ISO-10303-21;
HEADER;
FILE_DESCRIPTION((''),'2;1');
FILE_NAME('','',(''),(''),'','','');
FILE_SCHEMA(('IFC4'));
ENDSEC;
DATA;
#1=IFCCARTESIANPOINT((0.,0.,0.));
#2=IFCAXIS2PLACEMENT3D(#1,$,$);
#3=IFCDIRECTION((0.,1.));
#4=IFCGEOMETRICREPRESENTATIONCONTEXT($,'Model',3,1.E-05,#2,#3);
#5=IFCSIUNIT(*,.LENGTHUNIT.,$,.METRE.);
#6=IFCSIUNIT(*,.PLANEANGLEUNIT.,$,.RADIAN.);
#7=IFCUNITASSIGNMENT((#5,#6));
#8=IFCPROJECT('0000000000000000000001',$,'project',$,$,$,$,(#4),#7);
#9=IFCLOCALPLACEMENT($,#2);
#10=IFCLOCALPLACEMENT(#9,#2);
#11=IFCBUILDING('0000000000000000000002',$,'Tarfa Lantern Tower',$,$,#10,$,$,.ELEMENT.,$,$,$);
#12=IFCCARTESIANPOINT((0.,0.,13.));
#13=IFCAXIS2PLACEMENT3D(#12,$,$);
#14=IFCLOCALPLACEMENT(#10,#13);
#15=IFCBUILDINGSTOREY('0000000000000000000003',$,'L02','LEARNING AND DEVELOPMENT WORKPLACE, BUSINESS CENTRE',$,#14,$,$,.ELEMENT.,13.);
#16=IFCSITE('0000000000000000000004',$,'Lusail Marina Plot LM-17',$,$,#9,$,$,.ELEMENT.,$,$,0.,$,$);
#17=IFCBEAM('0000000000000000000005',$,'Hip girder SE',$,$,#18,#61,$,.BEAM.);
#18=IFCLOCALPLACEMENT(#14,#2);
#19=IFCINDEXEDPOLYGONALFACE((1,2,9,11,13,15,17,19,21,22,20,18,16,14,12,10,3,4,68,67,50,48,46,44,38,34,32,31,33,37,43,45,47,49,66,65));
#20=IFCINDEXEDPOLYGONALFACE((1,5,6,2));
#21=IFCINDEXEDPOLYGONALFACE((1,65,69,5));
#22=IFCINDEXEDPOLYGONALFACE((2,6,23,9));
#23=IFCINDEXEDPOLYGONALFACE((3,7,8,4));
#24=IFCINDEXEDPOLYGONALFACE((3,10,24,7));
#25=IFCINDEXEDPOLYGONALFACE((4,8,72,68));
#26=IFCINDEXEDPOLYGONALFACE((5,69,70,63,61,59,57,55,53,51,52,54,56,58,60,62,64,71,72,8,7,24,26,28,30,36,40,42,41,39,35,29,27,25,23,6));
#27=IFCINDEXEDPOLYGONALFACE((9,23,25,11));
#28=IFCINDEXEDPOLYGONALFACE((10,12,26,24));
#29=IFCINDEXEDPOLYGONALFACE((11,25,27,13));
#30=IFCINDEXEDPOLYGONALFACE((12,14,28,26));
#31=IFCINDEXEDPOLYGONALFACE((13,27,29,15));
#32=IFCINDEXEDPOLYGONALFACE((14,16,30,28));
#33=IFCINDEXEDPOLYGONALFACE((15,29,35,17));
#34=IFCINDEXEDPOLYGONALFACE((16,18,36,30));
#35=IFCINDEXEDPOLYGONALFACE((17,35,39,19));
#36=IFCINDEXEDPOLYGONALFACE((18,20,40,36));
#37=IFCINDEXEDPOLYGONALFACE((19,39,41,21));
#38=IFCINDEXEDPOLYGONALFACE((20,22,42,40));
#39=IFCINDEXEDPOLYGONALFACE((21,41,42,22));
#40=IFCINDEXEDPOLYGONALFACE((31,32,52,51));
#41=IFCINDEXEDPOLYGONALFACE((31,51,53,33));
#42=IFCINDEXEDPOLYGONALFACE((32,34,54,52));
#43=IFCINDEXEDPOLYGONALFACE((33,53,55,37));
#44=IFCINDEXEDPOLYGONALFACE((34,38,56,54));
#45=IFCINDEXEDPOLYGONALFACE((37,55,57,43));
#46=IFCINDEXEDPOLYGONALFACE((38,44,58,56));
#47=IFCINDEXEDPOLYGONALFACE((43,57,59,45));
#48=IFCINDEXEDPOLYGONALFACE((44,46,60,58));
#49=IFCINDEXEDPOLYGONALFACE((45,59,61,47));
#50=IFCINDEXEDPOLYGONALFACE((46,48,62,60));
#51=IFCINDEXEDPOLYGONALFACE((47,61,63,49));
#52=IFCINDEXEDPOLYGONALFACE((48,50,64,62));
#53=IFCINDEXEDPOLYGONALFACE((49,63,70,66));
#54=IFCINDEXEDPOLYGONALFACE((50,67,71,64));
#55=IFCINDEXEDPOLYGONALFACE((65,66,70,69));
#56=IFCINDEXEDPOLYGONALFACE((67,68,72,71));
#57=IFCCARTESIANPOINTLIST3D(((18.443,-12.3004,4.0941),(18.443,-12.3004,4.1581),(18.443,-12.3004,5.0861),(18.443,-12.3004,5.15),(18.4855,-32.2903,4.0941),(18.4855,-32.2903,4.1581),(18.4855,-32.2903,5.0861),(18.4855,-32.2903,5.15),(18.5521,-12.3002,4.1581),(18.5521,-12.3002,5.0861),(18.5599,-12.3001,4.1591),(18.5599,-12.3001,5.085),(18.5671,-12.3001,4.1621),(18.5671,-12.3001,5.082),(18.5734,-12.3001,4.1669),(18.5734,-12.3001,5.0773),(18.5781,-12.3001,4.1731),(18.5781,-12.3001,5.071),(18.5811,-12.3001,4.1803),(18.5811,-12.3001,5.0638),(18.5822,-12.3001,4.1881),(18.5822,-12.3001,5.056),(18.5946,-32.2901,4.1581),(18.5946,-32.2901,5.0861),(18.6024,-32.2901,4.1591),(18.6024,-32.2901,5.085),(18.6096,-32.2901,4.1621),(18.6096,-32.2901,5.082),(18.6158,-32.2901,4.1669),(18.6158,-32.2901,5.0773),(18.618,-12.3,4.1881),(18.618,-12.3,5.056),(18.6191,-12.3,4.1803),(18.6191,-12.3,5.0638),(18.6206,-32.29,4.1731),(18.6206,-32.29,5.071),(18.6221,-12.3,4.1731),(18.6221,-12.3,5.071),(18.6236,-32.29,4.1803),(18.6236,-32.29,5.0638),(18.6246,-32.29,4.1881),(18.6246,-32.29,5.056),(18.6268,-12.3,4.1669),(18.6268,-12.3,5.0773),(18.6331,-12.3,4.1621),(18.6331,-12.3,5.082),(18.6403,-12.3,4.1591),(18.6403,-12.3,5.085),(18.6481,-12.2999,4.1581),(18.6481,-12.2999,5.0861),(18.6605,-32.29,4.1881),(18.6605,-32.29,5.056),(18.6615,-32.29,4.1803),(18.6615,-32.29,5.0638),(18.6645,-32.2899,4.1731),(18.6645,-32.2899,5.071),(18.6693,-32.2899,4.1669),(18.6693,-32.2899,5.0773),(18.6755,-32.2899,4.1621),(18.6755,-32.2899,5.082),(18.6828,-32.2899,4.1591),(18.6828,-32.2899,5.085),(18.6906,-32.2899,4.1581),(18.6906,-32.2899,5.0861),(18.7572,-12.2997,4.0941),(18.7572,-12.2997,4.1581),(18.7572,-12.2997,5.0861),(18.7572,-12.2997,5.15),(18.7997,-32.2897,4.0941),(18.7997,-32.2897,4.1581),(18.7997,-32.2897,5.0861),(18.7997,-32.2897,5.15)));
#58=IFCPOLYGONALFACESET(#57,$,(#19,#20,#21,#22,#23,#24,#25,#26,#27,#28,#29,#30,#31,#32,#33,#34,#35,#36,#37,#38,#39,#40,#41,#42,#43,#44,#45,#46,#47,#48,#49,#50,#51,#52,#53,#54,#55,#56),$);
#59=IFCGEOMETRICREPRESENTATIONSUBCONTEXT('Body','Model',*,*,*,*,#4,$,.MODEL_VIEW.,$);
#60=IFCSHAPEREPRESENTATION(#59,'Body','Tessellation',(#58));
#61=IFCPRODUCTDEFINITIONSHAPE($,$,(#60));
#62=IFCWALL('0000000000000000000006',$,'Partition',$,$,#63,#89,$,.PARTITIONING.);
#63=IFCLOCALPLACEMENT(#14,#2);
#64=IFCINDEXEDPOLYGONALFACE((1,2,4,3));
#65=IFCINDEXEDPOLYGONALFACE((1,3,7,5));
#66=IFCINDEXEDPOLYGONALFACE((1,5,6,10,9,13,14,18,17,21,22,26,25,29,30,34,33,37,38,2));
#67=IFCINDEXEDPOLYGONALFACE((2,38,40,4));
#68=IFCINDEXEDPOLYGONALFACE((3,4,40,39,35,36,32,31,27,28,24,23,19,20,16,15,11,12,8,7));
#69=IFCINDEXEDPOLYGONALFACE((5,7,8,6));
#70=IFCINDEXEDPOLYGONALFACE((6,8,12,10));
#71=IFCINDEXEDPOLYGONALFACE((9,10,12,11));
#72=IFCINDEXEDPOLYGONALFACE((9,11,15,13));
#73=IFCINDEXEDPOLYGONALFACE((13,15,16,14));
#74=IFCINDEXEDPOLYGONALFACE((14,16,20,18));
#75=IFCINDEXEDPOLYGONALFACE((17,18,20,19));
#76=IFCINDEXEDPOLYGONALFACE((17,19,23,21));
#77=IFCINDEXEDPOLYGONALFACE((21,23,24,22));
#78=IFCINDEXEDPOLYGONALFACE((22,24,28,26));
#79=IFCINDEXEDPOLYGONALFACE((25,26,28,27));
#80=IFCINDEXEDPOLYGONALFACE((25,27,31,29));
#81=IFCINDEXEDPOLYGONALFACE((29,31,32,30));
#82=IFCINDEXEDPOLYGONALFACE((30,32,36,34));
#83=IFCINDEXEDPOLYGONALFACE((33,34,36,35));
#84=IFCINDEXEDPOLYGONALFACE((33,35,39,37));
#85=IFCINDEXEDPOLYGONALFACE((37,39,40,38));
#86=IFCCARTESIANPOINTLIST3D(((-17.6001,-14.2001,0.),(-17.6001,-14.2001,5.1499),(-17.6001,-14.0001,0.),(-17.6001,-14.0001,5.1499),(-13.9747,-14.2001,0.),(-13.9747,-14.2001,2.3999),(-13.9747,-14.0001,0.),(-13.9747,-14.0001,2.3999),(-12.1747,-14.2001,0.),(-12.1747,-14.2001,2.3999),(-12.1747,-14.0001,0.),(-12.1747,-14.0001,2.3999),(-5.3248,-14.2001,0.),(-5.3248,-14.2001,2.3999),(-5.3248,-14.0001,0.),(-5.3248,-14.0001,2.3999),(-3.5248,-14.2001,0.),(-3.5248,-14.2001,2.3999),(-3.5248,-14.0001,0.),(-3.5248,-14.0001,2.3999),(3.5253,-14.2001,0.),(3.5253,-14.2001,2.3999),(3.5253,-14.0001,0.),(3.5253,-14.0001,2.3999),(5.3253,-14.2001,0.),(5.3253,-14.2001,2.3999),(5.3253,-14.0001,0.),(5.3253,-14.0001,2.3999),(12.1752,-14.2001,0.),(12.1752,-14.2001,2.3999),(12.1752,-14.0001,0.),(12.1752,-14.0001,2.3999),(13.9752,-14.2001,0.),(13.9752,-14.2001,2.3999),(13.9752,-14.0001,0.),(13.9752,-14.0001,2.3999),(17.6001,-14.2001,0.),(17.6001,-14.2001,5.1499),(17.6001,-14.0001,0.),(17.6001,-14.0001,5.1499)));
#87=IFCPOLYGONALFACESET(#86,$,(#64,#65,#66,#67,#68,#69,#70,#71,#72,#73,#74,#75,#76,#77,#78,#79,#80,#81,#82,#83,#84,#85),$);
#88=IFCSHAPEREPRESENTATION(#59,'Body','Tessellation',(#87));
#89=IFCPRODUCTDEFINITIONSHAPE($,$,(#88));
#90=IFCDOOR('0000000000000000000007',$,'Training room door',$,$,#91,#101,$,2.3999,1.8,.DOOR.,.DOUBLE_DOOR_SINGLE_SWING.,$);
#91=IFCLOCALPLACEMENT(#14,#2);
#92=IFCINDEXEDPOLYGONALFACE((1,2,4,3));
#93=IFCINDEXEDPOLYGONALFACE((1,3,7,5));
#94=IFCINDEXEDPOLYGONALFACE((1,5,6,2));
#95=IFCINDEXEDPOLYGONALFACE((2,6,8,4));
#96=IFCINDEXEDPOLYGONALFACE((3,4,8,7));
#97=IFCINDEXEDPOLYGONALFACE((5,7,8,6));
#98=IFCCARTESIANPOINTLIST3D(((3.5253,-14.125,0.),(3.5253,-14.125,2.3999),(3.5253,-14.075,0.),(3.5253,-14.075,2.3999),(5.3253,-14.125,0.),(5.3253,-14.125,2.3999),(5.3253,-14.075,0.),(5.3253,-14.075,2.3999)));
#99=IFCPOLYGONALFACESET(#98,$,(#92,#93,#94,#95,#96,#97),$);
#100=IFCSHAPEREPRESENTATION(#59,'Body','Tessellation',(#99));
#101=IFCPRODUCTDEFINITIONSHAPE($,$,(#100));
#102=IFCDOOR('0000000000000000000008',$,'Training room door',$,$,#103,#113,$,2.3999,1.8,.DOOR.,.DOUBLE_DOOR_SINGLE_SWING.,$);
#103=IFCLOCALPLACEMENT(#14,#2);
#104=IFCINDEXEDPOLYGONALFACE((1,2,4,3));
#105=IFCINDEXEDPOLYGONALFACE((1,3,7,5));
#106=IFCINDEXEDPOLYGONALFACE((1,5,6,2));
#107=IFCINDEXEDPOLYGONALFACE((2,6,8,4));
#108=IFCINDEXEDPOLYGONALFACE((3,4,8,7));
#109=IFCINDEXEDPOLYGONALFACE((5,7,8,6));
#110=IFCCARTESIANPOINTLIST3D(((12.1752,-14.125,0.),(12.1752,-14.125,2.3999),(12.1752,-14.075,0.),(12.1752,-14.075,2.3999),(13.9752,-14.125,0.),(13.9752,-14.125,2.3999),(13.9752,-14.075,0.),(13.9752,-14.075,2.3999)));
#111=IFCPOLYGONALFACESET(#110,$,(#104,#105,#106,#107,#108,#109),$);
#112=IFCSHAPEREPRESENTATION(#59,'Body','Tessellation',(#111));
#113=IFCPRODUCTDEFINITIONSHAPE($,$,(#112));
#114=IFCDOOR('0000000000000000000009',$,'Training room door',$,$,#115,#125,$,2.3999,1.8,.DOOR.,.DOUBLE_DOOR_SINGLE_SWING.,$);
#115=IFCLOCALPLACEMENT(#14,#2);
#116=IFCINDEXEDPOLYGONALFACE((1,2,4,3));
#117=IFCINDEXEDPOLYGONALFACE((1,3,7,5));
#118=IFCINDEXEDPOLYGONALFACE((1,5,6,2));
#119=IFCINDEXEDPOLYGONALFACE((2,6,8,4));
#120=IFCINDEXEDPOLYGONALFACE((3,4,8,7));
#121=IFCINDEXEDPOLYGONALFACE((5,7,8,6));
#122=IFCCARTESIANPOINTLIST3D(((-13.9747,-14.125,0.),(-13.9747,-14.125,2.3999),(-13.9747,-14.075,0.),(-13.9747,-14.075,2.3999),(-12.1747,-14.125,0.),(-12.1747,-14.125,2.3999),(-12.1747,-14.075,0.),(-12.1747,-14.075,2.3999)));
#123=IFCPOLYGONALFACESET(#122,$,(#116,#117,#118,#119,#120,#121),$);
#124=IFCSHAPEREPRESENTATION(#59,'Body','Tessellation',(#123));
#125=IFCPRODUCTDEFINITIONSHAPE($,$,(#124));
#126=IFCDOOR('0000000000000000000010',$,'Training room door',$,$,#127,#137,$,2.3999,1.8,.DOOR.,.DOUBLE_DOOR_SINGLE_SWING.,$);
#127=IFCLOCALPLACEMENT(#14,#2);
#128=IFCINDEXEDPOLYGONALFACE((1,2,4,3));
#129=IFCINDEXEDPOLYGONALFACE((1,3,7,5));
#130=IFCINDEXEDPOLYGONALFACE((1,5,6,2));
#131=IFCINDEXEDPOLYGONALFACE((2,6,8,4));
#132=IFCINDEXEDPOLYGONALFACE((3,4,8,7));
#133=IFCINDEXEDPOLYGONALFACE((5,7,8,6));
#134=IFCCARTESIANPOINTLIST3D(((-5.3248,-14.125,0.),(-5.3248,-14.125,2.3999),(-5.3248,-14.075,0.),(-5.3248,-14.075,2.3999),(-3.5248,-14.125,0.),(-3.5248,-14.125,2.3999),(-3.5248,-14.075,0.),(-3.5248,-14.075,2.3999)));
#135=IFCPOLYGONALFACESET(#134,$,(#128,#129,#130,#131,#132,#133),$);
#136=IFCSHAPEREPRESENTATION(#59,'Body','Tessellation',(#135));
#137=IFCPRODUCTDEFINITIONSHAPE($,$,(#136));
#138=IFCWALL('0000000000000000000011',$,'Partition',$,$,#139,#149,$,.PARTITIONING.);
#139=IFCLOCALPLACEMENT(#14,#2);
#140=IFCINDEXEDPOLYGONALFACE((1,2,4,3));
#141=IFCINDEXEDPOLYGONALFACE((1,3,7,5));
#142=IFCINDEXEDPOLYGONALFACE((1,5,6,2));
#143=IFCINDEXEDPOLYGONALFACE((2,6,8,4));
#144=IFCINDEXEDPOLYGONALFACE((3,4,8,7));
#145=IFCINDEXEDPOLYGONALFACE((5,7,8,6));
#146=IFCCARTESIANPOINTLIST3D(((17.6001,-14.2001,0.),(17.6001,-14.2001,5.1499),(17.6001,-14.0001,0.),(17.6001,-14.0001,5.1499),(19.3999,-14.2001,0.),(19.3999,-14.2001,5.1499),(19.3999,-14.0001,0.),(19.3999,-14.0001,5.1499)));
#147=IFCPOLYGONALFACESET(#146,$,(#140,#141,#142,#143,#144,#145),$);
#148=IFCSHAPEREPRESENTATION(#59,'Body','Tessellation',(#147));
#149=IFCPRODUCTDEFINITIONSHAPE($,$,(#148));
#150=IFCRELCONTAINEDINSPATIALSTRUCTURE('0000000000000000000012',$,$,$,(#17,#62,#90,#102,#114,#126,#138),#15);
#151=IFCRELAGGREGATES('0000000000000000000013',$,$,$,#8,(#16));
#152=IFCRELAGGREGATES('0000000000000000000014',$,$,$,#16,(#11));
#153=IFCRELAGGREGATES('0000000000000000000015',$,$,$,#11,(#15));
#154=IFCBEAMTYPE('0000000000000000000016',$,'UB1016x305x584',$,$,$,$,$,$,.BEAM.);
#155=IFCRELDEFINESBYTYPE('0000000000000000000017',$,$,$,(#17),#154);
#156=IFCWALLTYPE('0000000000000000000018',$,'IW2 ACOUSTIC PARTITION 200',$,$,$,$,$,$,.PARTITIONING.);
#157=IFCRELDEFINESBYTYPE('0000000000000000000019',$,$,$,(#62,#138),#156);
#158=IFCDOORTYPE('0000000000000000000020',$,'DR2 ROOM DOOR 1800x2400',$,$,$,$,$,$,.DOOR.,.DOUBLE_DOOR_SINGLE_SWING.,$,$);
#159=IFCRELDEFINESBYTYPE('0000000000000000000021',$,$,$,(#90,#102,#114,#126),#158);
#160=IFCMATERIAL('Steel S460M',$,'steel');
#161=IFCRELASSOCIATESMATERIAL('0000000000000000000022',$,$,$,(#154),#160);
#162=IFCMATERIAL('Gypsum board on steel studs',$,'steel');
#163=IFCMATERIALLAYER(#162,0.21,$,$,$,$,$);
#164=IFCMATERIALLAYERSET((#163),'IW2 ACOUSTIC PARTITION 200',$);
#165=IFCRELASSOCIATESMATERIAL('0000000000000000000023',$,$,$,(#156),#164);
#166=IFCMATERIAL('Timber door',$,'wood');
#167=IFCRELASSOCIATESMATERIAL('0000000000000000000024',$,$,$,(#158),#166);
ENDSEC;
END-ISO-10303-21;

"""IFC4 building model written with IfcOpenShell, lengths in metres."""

from ifc_helpers import new_model, si_unit, direction, frame, frame_2d, origin, origin_2d, place, context, subcontext, project, spatial, rectangle, i_section, extrude, material, layer, layer_set, material_profile, profile_set, type_object, element, fill, save


model = new_model("IFC4")

# Units and contexts
model_context = context("Model", 3, precision=1e-05, world=origin(), true_north=direction((0.0, 1.0)))
body_context = subcontext(model_context, "Body", "Model", "MODEL_VIEW")
ifc_project = project(units=[si_unit("LENGTHUNIT", "METRE"), si_unit("PLANEANGLEUNIT", "RADIAN")], contexts=[model_context])

# Site, building, storey
site_placement = place(None, origin())
site = spatial("IfcSite", under=ifc_project, at=site_placement, Name="Lusail Marina Plot LM-17", CompositionType="ELEMENT", RefElevation=0.0)
building_placement = place(site_placement, origin())
building = spatial("IfcBuilding", under=site, at=building_placement, Name="Tarfa Lantern Tower", CompositionType="ELEMENT")
storey_placement = place(building_placement, frame((0.0, 0.0, 13.0)))
storey = spatial("IfcBuildingStorey", under=building, at=storey_placement, Name="L02", Description="LEARNING AND DEVELOPMENT WORKPLACE, BUSINESS CENTRE", CompositionType="ELEMENT", Elevation=13.0)

# Beam
ifc_material_1 = material(Name="Steel S460M", Category="steel")
ifc_material_profile = material_profile(ifc_material_1, i_section(OverallWidth=0.3142, OverallDepth=1.0559, WebThickness=0.0359, FlangeThickness=0.064, FilletRadius=0.03, at=origin_2d()), Name="UB1016x305x584")
ifc_profile_set = profile_set([ifc_material_profile], Name="Steel S460M")
beam_type = type_object("IfcBeamType", Name="UB1016x305x584", PredefinedType="BEAM", material=ifc_profile_set)
beam_placement = place(storey_placement, frame((18.6001, -12.3, 4.6221), z_axis=(0.002125, -0.999998, 0.0), x_axis=(0.999998, 0.002125, 0.0)))
element("IfcBeam", 1, at=beam_placement, inside=storey, type_object=beam_type, Name="Hip girder SE", PredefinedType="BEAM", context=body_context, shape_type="SweptSolid", body=[
    extrude(i_section(OverallWidth=0.3142, OverallDepth=1.0559, WebThickness=0.0359, FlangeThickness=0.064, FilletRadius=0.03, at=origin_2d()), origin(), (0.0, 0.0, 1.0), 19.99),
])

# Wall, openings, doors
ifc_material_2 = material(Name="Gypsum board on steel studs", Category="steel")
ifc_layer_1 = layer(ifc_material_2, 0.21)
ifc_layer_set_1 = layer_set([ifc_layer_1], Name="IW2 ACOUSTIC PARTITION 200")
wall_type_1 = type_object("IfcWallType", Name="IW2 ACOUSTIC PARTITION 200", PredefinedType="PARTITIONING", material=ifc_layer_set_1)
wall_1_placement = place(storey_placement, frame((17.6001, -14.1001, 0.0), z_axis=(0.0, 0.0, 1.0), x_axis=(-1.0, 0.0, 0.0)))
wall_1 = element("IfcWall", 2, at=wall_1_placement, inside=storey, type_object=wall_type_1, Name="Partition", PredefinedType="PARTITIONING", context=body_context, shape_type="SweptSolid", body=[
    extrude(rectangle(XDim=35.2002, YDim=0.2, at=frame_2d((17.6001, 0.0))), origin(), (0.0, 0.0, 1.0), 5.1499),
])
opening_1_placement = place(wall_1_placement, frame((12.2749, 0.0, 0.0)))
opening_1 = element("IfcOpeningElement", 3, at=opening_1_placement, cuts=wall_1, PredefinedType="OPENING", context=body_context, shape_type="SweptSolid", body=[
    extrude(rectangle(XDim=1.8, YDim=2.3999, at=frame_2d((0.8999, 1.2))), frame((0.0, 0.1099, 0.0), z_axis=(0.0, -1.0, 0.0), x_axis=(1.0, 0.0, 0.0)), (0.0, 0.0, 1.0), 0.22),
])
opening_2_placement = place(wall_1_placement, frame((3.625, 0.0, 0.0)))
opening_2 = element("IfcOpeningElement", 4, at=opening_2_placement, cuts=wall_1, PredefinedType="OPENING", context=body_context, shape_type="SweptSolid", body=[
    extrude(rectangle(XDim=1.8, YDim=2.3999, at=frame_2d((0.8999, 1.2))), frame((0.0, 0.1099, 0.0), z_axis=(0.0, -1.0, 0.0), x_axis=(1.0, 0.0, 0.0)), (0.0, 0.0, 1.0), 0.22),
])
opening_3_placement = place(wall_1_placement, frame((29.7749, 0.0, 0.0)))
opening_3 = element("IfcOpeningElement", 5, at=opening_3_placement, cuts=wall_1, PredefinedType="OPENING", context=body_context, shape_type="SweptSolid", body=[
    extrude(rectangle(XDim=1.8, YDim=2.3999, at=frame_2d((0.8999, 1.2))), frame((0.0, 0.1099, 0.0), z_axis=(0.0, -1.0, 0.0), x_axis=(1.0, 0.0, 0.0)), (0.0, 0.0, 1.0), 0.22),
])
opening_4_placement = place(wall_1_placement, frame((21.125, 0.0, 0.0)))
opening_4 = element("IfcOpeningElement", 6, at=opening_4_placement, cuts=wall_1, PredefinedType="OPENING", context=body_context, shape_type="SweptSolid", body=[
    extrude(rectangle(XDim=1.8, YDim=2.3999, at=frame_2d((0.8999, 1.2))), frame((0.0, 0.1099, 0.0), z_axis=(0.0, -1.0, 0.0), x_axis=(1.0, 0.0, 0.0)), (0.0, 0.0, 1.0), 0.22),
])
ifc_material_3 = material(Name="Timber door", Category="wood")
door_type_1 = type_object("IfcDoorType", Name="DR2 ROOM DOOR 1800x2400", OperationType="DOUBLE_DOOR_SINGLE_SWING", PredefinedType="DOOR", material=ifc_material_3)
door_1_placement = place(opening_1_placement, origin())
door_1 = element("IfcDoor", 7, at=door_1_placement, inside=storey, type_object=door_type_1, Name="Training room door", OperationType="DOUBLE_DOOR_SINGLE_SWING", OverallHeight=2.3999, OverallWidth=1.8, PredefinedType="DOOR", context=body_context, shape_type="SweptSolid", body=[
    extrude(rectangle(XDim=1.8, YDim=2.3999, at=frame_2d((0.8999, 1.2))), frame((0.0, 0.0249, 0.0), z_axis=(0.0, -1.0, 0.0), x_axis=(1.0, 0.0, 0.0)), (0.0, 0.0, 1.0), 0.05),
])
fill(opening_1, door_1)
door_2_placement = place(opening_2_placement, origin())
door_2 = element("IfcDoor", 8, at=door_2_placement, inside=storey, type_object=door_type_1, Name="Training room door", OperationType="DOUBLE_DOOR_SINGLE_SWING", OverallHeight=2.3999, OverallWidth=1.8, PredefinedType="DOOR", context=body_context, shape_type="SweptSolid", body=[
    extrude(rectangle(XDim=1.8, YDim=2.3999, at=frame_2d((0.8999, 1.2))), frame((0.0, 0.0249, 0.0), z_axis=(0.0, -1.0, 0.0), x_axis=(1.0, 0.0, 0.0)), (0.0, 0.0, 1.0), 0.05),
])
fill(opening_2, door_2)
door_3_placement = place(opening_3_placement, origin())
door_3 = element("IfcDoor", 9, at=door_3_placement, inside=storey, type_object=door_type_1, Name="Training room door", OperationType="DOUBLE_DOOR_SINGLE_SWING", OverallHeight=2.3999, OverallWidth=1.8, PredefinedType="DOOR", context=body_context, shape_type="SweptSolid", body=[
    extrude(rectangle(XDim=1.8, YDim=2.3999, at=frame_2d((0.8999, 1.2))), frame((0.0, 0.0249, 0.0), z_axis=(0.0, -1.0, 0.0), x_axis=(1.0, 0.0, 0.0)), (0.0, 0.0, 1.0), 0.05),
])
fill(opening_3, door_3)
door_4_placement = place(opening_4_placement, origin())
door_4 = element("IfcDoor", 10, at=door_4_placement, inside=storey, type_object=door_type_1, Name="Training room door", OperationType="DOUBLE_DOOR_SINGLE_SWING", OverallHeight=2.3999, OverallWidth=1.8, PredefinedType="DOOR", context=body_context, shape_type="SweptSolid", body=[
    extrude(rectangle(XDim=1.8, YDim=2.3999, at=frame_2d((0.8999, 1.2))), frame((0.0, 0.0249, 0.0), z_axis=(0.0, -1.0, 0.0), x_axis=(1.0, 0.0, 0.0)), (0.0, 0.0, 1.0), 0.05),
])
fill(opening_4, door_4)

# Wall
wall_2_placement = place(storey_placement, frame((19.3999, -14.1001, 0.0), z_axis=(0.0, 0.0, 1.0), x_axis=(-1.0, 0.0, 0.0)))
element("IfcWall", 11, at=wall_2_placement, inside=storey, type_object=wall_type_1, Name="Partition", PredefinedType="PARTITIONING", context=body_context, shape_type="SweptSolid", body=[
    extrude(rectangle(XDim=1.7998, YDim=0.2, at=frame_2d((0.8999, 0.0))), origin(), (0.0, 0.0, 1.0), 5.1499),
])

save(model, "model.ifc")
